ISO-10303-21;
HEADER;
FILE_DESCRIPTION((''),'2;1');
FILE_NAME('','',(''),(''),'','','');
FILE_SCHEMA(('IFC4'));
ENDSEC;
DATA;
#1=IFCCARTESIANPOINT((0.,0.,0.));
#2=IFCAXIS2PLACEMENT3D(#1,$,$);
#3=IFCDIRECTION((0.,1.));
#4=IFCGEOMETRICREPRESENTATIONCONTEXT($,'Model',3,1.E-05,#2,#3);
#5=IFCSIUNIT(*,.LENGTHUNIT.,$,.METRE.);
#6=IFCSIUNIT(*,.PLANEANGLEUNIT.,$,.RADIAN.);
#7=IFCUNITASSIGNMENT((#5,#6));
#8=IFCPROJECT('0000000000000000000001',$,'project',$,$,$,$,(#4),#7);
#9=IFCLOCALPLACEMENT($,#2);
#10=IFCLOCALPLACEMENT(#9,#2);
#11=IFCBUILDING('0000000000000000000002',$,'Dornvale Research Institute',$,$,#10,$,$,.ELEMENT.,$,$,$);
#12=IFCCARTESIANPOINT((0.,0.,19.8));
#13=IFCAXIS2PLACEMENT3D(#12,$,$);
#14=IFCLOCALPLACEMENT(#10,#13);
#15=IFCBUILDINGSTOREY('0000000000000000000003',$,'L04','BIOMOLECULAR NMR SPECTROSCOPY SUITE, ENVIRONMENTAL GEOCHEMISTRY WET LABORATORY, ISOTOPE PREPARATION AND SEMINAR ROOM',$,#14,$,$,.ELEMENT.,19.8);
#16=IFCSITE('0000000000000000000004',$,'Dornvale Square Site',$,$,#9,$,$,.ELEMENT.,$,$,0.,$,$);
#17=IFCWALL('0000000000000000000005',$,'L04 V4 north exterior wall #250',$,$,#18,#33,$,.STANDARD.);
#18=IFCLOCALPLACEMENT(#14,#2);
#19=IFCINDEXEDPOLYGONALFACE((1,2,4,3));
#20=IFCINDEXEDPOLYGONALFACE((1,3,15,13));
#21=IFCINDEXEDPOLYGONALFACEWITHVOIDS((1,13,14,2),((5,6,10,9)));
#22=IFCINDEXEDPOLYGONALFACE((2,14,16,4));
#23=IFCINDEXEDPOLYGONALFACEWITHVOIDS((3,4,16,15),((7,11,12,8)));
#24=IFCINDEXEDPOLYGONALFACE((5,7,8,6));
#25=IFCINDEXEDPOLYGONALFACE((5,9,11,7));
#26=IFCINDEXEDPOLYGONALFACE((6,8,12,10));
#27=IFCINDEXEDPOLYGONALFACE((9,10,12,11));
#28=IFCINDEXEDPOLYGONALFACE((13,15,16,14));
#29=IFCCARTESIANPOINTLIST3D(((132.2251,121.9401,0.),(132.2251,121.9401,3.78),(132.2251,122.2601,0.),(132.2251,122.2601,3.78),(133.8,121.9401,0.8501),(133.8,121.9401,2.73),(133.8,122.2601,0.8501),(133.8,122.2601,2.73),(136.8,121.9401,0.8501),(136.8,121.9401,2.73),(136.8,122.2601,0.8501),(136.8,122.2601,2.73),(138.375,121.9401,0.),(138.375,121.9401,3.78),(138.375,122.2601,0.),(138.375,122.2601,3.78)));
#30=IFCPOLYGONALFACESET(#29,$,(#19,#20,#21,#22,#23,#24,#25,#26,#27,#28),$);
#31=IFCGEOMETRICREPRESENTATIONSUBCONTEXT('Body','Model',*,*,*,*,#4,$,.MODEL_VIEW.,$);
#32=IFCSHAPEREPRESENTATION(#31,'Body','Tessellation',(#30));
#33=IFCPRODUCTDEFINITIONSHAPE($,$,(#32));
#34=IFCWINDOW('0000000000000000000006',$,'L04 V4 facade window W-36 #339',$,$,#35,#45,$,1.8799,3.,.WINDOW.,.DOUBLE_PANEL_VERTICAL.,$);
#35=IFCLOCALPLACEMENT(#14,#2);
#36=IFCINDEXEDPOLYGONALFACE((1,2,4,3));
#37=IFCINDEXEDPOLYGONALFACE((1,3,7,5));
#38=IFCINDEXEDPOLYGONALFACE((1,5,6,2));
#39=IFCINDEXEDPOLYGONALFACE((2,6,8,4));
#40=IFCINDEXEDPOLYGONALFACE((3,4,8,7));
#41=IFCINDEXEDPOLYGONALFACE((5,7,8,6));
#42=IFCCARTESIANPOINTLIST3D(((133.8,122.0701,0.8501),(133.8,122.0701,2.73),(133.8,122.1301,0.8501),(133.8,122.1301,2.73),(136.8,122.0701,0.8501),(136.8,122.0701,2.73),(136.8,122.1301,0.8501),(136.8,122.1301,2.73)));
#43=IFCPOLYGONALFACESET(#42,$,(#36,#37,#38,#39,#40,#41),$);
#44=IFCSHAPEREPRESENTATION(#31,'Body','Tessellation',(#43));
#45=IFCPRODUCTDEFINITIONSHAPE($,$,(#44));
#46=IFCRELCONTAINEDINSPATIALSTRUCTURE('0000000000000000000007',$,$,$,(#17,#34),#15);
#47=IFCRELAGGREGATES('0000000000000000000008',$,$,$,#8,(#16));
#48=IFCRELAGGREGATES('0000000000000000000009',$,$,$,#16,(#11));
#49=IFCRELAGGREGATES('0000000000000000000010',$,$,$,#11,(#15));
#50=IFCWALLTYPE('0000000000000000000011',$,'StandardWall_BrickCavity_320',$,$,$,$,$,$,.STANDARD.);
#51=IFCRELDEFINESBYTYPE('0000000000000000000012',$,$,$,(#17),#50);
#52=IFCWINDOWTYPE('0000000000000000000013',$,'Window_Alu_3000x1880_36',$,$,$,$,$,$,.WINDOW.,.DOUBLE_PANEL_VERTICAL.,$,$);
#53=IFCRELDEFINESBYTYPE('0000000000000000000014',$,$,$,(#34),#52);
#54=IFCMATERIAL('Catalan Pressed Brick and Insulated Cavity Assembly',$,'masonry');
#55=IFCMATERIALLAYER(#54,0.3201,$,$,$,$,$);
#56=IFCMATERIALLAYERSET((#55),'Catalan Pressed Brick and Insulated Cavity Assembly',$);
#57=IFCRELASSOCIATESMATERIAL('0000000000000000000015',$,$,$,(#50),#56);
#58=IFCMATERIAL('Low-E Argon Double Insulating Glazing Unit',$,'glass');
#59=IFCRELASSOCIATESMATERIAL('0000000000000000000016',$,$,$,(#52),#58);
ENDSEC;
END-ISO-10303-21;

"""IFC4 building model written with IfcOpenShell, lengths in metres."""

from ifc_helpers import new_model, si_unit, direction, frame, frame_2d, origin, place, context, subcontext, project, spatial, rectangle, extrude, material, layer, layer_set, type_object, element, fill, save


model = new_model("IFC4")

# Units and contexts
model_context = context("Model", 3, precision=1e-05, world=origin(), true_north=direction((0.0, 1.0)))
body_context = subcontext(model_context, "Body", "Model", "MODEL_VIEW")
ifc_project = project(units=[si_unit("LENGTHUNIT", "METRE"), si_unit("PLANEANGLEUNIT", "RADIAN")], contexts=[model_context])

# Site, building, storey
site_placement = place(None, origin())
site = spatial("IfcSite", under=ifc_project, at=site_placement, Name="Dornvale Square Site", CompositionType="ELEMENT", RefElevation=0.0)
building_placement = place(site_placement, origin())
building = spatial("IfcBuilding", under=site, at=building_placement, Name="Dornvale Research Institute", CompositionType="ELEMENT")
storey_placement = place(building_placement, frame((0.0, 0.0, 19.8)))
storey = spatial("IfcBuildingStorey", under=building, at=storey_placement, Name="L04", Description="BIOMOLECULAR NMR SPECTROSCOPY SUITE, ENVIRONMENTAL GEOCHEMISTRY WET LABORATORY, ISOTOPE PREPARATION AND SEMINAR ROOM", CompositionType="ELEMENT", Elevation=19.8)

# Wall, opening, window
ifc_material_1 = material(Name="Catalan Pressed Brick and Insulated Cavity Assembly", Category="masonry")
ifc_layer_1 = layer(ifc_material_1, 0.3201)
ifc_layer_set_1 = layer_set([ifc_layer_1], Name="Catalan Pressed Brick and Insulated Cavity Assembly")
wall_type = type_object("IfcWallType", Name="StandardWall_BrickCavity_320", PredefinedType="STANDARD", material=ifc_layer_set_1)
wall_placement = place(storey_placement, frame((132.2251, 122.1001, 0.0), z_axis=(0.0, 0.0, 1.0), x_axis=(1.0, 0.0, 0.0)))
wall = element("IfcWall", 1, at=wall_placement, inside=storey, type_object=wall_type, Name="L04 V4 north exterior wall #250", PredefinedType="STANDARD", context=body_context, shape_type="SweptSolid", body=[
    extrude(rectangle(XDim=6.1499, YDim=0.3201, at=frame_2d((3.075, 0.0))), origin(), (0.0, 0.0, 1.0), 3.78),
])
opening_placement = place(wall_placement, frame((1.575, 0.0, 0.8501)))
opening = element("IfcOpeningElement", 2, at=opening_placement, cuts=wall, PredefinedType="OPENING", context=body_context, shape_type="SweptSolid", body=[
    extrude(rectangle(XDim=3.0, YDim=1.8799, at=frame_2d((1.5, 0.9399))), frame((0.0, 0.175, 0.0), z_axis=(0.0, -1.0, 0.0), x_axis=(1.0, 0.0, 0.0)), (0.0, 0.0, 1.0), 0.3501),
])
ifc_material_2 = material(Name="Low-E Argon Double Insulating Glazing Unit", Category="glass")
window_type = type_object("IfcWindowType", Name="Window_Alu_3000x1880_36", PartitioningType="DOUBLE_PANEL_VERTICAL", PredefinedType="WINDOW", material=ifc_material_2)
window_placement = place(opening_placement, origin())
window = element("IfcWindow", 3, at=window_placement, inside=storey, type_object=window_type, Name="L04 V4 facade window W-36 #339", OverallHeight=1.8799, OverallWidth=3.0, PartitioningType="DOUBLE_PANEL_VERTICAL", PredefinedType="WINDOW", context=body_context, shape_type="SweptSolid", body=[
    extrude(rectangle(XDim=3.0, YDim=1.8799, at=frame_2d((1.5, 0.9399))), frame((0.0, 0.03, 0.0), z_axis=(0.0, -1.0, 0.0), x_axis=(1.0, 0.0, 0.0)), (0.0, 0.0, 1.0), 0.0601),
])
fill(opening, window)

save(model, "model.ifc")
